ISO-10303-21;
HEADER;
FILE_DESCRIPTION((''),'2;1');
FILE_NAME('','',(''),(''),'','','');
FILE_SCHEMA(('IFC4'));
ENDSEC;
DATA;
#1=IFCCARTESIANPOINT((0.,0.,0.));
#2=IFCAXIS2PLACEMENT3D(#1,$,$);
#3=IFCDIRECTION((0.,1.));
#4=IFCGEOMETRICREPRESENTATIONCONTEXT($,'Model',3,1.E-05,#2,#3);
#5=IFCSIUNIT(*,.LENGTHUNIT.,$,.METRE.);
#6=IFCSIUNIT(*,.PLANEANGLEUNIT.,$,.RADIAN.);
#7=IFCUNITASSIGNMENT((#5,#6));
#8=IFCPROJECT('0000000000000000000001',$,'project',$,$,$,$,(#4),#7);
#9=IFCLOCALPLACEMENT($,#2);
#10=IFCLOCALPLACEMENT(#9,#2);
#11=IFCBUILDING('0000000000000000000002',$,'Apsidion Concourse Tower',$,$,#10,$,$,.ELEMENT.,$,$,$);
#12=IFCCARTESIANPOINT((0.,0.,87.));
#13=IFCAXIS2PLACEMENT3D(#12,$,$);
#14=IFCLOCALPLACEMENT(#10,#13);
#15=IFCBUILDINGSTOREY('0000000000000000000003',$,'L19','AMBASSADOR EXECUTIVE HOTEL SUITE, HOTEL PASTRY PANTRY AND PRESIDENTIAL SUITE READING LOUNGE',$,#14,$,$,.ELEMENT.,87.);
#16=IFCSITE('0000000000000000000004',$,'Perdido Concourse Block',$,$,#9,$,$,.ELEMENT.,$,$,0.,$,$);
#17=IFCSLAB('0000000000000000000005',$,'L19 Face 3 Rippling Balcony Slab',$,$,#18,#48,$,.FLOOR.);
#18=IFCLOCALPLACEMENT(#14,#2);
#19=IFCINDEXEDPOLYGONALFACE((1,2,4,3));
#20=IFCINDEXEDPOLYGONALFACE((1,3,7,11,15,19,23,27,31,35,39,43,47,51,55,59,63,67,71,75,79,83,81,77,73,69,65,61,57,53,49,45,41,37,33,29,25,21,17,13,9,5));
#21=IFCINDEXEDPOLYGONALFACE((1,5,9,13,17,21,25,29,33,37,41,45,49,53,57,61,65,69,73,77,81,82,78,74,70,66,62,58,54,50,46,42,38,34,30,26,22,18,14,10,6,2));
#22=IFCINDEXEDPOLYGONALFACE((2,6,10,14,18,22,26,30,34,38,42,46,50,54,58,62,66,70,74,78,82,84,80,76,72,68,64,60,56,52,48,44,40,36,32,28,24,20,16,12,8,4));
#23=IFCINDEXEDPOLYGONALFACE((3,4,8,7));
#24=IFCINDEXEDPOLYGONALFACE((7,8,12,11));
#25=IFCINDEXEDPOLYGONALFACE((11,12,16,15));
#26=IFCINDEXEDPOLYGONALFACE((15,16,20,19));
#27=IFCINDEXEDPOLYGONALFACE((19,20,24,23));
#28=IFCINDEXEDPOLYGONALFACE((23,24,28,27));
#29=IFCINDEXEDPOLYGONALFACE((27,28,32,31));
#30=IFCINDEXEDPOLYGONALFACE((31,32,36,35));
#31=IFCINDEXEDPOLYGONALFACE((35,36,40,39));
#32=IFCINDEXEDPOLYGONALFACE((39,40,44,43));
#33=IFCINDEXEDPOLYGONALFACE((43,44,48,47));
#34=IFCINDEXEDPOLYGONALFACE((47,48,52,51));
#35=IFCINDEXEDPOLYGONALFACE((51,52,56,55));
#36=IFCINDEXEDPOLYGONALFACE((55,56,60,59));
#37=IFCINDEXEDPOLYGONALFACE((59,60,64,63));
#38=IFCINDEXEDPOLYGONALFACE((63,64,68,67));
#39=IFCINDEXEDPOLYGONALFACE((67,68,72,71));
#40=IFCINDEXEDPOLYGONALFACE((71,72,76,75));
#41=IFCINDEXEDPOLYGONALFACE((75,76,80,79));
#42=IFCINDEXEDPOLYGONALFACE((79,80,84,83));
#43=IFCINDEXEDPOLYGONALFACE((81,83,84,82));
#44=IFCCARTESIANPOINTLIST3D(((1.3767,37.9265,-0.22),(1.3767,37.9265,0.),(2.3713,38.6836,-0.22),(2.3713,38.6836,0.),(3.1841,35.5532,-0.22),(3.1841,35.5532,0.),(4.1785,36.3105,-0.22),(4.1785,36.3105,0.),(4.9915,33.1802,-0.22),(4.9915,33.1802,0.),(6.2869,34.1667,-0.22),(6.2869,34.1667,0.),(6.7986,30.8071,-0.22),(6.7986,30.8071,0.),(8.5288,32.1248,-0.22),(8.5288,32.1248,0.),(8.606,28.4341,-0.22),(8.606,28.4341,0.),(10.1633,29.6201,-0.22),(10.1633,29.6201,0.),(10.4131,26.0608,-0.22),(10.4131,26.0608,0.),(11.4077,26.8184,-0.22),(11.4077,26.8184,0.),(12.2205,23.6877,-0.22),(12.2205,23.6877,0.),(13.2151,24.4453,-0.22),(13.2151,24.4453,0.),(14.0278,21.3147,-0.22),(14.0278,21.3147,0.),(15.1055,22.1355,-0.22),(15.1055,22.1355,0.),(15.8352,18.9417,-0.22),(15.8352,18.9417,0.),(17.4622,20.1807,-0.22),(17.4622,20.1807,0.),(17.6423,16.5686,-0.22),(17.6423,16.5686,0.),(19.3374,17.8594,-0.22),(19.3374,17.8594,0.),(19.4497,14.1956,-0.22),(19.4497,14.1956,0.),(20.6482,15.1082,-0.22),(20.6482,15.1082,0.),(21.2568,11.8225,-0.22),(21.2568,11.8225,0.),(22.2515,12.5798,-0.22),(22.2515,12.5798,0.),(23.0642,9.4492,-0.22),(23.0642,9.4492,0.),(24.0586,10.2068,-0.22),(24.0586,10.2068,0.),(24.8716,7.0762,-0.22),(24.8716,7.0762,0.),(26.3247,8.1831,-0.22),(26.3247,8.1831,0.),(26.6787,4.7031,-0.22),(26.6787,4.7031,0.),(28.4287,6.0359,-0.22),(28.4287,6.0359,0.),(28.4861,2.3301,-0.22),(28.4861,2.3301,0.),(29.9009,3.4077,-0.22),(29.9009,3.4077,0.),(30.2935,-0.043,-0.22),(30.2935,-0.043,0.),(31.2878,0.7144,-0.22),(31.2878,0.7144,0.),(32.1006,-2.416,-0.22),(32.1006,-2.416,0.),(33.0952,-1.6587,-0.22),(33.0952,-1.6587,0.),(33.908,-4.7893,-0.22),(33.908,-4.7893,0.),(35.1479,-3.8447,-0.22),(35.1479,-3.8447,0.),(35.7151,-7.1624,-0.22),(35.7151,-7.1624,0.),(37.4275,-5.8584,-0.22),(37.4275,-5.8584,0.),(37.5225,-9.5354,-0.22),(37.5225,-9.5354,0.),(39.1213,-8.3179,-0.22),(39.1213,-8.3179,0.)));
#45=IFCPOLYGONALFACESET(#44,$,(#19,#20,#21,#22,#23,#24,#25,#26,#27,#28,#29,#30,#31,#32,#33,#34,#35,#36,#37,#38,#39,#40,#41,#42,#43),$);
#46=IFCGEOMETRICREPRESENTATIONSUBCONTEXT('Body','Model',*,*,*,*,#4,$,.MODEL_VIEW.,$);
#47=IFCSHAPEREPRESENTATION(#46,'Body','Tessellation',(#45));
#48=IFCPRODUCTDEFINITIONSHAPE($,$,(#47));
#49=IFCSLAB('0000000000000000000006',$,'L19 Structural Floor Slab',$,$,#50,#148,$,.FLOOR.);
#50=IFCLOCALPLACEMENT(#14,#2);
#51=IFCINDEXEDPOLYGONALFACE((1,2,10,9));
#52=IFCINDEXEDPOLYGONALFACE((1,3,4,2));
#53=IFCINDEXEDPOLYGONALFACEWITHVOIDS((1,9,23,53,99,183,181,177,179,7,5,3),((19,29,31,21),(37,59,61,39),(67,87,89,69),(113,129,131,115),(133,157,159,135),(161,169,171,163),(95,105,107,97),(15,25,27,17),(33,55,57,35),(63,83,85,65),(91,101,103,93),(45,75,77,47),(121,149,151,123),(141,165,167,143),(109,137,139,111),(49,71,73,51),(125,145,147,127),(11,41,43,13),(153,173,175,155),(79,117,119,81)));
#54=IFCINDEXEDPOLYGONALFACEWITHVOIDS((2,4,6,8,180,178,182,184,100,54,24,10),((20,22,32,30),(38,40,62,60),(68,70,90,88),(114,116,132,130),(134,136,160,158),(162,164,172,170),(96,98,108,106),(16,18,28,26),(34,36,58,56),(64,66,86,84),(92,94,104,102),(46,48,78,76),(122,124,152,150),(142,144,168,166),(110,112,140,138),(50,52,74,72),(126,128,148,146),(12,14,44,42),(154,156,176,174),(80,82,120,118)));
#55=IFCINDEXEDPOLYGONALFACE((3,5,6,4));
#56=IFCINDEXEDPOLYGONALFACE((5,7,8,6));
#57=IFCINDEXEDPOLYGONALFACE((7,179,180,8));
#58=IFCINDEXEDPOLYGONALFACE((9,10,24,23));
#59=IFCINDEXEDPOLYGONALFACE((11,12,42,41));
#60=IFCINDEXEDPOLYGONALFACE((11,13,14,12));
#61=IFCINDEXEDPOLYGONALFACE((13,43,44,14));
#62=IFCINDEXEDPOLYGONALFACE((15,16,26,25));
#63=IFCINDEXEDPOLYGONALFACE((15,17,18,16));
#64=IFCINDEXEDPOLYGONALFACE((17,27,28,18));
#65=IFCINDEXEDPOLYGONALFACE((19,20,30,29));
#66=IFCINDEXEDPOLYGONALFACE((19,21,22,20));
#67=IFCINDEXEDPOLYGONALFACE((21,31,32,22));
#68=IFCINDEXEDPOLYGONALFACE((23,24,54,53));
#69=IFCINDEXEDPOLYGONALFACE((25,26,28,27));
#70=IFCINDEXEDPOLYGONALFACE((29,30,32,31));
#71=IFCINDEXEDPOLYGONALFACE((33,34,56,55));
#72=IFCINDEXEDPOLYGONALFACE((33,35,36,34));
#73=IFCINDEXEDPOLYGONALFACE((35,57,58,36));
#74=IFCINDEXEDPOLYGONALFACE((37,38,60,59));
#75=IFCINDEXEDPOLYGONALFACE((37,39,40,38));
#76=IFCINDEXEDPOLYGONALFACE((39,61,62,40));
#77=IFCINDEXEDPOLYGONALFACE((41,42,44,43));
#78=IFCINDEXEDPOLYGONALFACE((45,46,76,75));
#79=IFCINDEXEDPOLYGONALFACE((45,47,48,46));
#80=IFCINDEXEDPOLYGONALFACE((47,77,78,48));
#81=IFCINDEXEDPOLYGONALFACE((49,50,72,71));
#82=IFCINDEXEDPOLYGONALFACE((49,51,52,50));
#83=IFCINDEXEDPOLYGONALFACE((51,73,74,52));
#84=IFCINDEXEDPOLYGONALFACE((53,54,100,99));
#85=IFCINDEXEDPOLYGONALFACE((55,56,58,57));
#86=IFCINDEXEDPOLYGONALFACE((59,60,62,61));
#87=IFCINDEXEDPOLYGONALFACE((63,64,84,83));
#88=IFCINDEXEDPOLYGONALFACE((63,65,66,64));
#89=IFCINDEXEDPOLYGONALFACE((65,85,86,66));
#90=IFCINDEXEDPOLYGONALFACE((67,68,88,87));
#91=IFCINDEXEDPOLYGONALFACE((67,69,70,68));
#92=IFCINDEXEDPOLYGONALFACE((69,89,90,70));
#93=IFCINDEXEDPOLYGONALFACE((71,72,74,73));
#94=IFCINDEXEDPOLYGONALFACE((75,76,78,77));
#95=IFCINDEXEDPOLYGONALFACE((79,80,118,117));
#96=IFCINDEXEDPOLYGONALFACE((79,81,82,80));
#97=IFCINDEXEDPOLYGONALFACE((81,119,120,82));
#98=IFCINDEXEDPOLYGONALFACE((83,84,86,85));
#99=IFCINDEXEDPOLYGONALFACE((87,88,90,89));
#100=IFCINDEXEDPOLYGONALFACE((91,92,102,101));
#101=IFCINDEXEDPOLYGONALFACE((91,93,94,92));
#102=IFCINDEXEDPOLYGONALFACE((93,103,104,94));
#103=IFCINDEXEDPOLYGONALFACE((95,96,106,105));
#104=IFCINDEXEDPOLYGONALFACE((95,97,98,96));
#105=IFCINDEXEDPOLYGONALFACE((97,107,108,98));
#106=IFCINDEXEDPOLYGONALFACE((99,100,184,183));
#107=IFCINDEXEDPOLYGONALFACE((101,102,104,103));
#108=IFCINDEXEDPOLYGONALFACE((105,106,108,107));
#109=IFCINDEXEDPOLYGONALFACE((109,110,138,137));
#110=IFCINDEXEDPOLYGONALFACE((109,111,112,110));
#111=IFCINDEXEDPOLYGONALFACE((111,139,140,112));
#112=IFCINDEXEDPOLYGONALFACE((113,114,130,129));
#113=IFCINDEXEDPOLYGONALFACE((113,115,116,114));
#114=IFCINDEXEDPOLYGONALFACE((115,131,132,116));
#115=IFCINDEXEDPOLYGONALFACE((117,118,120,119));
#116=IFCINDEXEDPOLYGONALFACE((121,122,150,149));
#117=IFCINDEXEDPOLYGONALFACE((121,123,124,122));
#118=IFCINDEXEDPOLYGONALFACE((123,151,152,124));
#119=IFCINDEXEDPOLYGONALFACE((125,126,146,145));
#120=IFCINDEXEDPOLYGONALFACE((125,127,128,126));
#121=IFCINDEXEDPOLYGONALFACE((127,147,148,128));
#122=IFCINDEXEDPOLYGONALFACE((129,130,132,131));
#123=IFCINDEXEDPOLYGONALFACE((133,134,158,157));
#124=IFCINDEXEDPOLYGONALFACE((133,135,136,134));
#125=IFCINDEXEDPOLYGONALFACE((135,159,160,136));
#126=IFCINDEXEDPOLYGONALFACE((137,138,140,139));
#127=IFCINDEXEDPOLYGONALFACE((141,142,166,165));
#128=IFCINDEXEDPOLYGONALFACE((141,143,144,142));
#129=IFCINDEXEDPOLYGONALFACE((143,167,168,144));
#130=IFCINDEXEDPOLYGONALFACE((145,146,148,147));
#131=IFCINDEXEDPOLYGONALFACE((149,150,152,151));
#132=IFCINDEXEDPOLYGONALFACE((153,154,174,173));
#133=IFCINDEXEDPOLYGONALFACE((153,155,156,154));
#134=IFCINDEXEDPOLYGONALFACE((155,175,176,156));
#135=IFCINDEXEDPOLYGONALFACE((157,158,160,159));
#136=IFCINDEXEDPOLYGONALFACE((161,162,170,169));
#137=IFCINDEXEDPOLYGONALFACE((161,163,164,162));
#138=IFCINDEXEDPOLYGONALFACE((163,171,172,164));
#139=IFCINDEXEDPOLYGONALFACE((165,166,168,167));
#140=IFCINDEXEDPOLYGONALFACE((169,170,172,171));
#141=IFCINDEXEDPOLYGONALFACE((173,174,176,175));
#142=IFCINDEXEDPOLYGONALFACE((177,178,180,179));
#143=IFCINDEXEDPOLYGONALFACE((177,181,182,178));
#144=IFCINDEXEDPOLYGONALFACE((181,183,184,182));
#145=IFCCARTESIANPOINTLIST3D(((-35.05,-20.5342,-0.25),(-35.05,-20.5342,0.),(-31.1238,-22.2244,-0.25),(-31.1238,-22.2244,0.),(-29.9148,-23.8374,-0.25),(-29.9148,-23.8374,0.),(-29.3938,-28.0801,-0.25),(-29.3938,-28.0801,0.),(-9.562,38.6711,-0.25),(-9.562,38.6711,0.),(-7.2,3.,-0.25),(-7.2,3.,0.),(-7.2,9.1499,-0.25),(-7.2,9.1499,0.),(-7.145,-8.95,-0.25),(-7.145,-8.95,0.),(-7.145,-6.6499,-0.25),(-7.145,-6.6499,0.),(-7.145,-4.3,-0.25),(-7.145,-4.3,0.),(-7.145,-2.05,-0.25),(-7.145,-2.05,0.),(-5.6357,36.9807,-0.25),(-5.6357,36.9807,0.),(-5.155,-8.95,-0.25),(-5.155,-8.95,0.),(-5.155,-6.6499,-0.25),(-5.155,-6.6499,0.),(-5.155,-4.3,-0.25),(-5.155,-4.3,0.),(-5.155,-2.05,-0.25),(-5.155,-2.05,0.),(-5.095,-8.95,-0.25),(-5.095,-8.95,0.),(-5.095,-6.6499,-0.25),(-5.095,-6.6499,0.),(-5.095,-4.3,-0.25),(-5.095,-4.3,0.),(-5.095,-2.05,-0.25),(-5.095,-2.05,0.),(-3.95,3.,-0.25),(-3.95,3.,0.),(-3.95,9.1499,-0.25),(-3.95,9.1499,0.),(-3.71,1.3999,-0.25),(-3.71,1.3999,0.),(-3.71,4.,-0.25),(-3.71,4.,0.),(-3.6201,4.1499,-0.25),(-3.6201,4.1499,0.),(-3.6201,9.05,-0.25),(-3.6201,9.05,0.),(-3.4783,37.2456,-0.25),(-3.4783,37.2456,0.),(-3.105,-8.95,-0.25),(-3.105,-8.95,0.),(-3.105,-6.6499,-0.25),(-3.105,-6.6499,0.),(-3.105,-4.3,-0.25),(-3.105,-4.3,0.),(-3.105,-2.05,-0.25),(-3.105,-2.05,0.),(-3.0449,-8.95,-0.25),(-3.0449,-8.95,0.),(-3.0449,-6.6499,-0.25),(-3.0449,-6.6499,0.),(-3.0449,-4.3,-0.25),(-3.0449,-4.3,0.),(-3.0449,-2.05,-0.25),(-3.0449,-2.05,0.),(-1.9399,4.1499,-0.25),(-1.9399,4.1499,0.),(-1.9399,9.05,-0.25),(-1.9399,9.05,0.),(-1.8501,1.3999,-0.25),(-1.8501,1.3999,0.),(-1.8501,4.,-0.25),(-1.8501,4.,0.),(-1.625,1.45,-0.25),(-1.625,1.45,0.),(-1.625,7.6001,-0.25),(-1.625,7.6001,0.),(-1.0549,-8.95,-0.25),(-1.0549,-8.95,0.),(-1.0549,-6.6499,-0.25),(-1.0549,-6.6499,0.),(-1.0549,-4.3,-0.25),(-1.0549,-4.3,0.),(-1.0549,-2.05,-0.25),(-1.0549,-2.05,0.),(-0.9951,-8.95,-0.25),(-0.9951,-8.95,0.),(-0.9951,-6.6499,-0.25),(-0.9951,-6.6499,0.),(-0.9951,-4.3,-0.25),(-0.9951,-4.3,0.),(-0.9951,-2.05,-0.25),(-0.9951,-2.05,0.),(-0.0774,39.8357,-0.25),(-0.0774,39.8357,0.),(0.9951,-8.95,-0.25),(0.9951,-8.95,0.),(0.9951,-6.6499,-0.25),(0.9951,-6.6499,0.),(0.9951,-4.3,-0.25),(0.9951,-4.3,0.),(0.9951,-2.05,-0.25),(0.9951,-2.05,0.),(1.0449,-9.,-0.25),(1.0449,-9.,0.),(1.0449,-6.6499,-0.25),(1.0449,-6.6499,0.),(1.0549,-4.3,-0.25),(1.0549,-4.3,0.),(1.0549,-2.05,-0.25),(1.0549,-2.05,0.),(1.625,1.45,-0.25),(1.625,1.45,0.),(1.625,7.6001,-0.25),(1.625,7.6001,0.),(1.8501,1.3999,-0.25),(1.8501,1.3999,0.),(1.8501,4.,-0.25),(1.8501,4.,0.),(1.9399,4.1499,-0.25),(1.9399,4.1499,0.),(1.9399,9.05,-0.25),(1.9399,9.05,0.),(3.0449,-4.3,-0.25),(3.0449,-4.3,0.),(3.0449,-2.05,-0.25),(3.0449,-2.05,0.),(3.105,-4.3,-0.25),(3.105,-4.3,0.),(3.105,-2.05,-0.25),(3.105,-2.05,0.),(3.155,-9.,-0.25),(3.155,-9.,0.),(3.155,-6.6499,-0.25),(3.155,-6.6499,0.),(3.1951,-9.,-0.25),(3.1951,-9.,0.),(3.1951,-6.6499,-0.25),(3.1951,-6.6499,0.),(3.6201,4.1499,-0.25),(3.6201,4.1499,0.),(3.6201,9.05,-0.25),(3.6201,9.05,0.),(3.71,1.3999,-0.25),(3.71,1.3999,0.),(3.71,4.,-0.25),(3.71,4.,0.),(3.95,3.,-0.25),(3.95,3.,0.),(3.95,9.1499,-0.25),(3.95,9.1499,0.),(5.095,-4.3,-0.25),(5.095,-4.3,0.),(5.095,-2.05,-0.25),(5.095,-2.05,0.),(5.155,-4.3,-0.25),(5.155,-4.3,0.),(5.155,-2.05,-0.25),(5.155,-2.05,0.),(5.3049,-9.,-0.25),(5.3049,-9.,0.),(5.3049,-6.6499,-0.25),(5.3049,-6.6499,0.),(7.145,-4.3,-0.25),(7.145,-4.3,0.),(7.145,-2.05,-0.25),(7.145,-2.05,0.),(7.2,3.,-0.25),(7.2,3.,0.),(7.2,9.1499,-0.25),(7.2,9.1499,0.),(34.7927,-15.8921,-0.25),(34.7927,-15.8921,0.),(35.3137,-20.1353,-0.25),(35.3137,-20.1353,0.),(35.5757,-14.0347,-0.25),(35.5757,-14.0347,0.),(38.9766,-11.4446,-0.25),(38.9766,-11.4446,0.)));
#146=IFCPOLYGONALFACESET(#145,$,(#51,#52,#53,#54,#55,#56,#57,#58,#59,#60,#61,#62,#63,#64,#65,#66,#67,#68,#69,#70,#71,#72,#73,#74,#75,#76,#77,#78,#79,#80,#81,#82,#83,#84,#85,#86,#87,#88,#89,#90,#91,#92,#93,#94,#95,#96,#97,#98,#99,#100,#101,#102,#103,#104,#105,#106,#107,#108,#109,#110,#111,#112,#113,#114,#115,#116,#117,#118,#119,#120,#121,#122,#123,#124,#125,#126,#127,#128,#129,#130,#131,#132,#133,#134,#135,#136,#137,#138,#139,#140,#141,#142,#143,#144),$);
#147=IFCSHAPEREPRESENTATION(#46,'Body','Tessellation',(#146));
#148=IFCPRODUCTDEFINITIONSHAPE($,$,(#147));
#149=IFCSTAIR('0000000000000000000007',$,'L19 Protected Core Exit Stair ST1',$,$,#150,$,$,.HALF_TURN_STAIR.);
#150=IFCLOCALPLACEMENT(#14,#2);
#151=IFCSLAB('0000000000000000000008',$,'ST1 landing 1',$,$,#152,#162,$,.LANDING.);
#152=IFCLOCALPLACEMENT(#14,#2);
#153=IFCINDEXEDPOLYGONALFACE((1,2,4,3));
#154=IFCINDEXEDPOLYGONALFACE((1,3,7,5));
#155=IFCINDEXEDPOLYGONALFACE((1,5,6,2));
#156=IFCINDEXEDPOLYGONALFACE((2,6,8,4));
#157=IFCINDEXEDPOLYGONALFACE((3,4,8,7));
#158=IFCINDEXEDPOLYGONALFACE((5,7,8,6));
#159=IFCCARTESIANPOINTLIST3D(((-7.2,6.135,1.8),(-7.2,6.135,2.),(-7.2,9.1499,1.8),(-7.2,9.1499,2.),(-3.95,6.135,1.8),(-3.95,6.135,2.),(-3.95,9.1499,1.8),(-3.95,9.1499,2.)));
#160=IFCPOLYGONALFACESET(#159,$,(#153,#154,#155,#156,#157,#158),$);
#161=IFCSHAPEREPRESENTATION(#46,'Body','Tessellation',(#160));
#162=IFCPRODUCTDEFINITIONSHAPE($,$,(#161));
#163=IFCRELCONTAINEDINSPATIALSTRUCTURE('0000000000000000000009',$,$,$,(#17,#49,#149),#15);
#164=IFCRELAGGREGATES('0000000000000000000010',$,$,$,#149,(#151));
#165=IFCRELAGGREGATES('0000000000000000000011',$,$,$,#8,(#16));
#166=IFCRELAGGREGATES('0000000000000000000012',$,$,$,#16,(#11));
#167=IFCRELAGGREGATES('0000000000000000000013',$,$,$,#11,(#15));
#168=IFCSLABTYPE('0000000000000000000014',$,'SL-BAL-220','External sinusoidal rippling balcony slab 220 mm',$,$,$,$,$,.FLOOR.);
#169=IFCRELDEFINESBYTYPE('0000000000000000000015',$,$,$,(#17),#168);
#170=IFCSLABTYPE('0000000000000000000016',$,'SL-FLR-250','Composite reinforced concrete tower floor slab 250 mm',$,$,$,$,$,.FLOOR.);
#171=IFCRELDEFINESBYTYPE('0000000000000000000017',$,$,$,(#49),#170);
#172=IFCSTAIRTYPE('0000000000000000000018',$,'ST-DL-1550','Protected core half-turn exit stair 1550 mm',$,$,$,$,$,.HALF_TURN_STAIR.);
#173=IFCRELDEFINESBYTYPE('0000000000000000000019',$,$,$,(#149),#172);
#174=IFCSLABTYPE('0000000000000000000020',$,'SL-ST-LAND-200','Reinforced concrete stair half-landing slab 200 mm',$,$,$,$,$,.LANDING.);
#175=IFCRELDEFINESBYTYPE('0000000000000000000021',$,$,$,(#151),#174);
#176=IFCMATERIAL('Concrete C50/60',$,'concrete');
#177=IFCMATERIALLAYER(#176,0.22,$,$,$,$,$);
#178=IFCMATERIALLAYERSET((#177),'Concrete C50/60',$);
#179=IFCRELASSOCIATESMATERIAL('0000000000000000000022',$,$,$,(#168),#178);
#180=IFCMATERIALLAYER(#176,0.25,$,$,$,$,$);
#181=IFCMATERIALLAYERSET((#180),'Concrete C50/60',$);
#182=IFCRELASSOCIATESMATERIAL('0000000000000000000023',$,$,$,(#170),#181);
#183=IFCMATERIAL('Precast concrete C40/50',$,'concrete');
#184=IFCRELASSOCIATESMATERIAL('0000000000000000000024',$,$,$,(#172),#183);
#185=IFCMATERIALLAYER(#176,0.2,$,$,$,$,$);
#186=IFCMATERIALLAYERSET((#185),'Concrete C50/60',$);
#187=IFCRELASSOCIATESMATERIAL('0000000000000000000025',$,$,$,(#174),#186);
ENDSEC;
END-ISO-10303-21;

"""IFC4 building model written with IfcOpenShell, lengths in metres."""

from ifc_helpers import new_model, si_unit, direction, frame, origin, place, context, subcontext, project, spatial, polyline, outline, extrude, material, layer, layer_set, type_object, element, aggregate, save


model = new_model("IFC4")

# Units and contexts
model_context = context("Model", 3, precision=1e-05, world=origin(), true_north=direction((0.0, 1.0)))
body_context = subcontext(model_context, "Body", "Model", "MODEL_VIEW")
ifc_project = project(units=[si_unit("LENGTHUNIT", "METRE"), si_unit("PLANEANGLEUNIT", "RADIAN")], contexts=[model_context])

# Site, building, storey
site_placement = place(None, origin())
site = spatial("IfcSite", under=ifc_project, at=site_placement, Name="Perdido Concourse Block", CompositionType="ELEMENT", RefElevation=0.0)
building_placement = place(site_placement, origin())
building = spatial("IfcBuilding", under=site, at=building_placement, Name="Apsidion Concourse Tower", CompositionType="ELEMENT")
storey_placement = place(building_placement, frame((0.0, 0.0, 87.0)))
storey = spatial("IfcBuildingStorey", under=building, at=storey_placement, Name="L19", Description="AMBASSADOR EXECUTIVE HOTEL SUITE, HOTEL PASTRY PANTRY AND PRESIDENTIAL SUITE READING LOUNGE", CompositionType="ELEMENT", Elevation=87.0)

# Shared definitions
ifc_material_1 = material(Name="Concrete C50/60", Category="concrete")

# Slabs
ifc_layer_1 = layer(ifc_material_1, 0.22)
ifc_layer_set_1 = layer_set([ifc_layer_1], Name="Concrete C50/60")
slab_type_1 = type_object("IfcSlabType", Name="SL-BAL-220", Description="External sinusoidal rippling balcony slab 220 mm", PredefinedType="FLOOR", material=ifc_layer_set_1)
slab_1_placement = place(storey_placement, frame((0.0, 0.0, -0.22)))
element("IfcSlab", 1, at=slab_1_placement, inside=storey, type_object=slab_type_1, Name="L19 Face 3 Rippling Balcony Slab", PredefinedType="FLOOR", context=body_context, shape_type="SweptSolid", body=[
    extrude(outline(polyline([(37.5225, -9.5354), (35.7151, -7.1624), (33.908, -4.7893), (32.1006, -2.416), (30.2935, -0.043), (28.4861, 2.3301), (26.6787, 4.7031), (24.8716, 7.0762), (23.0642, 9.4492), (21.2568, 11.8225), (19.4497, 14.1956), (17.6423, 16.5686), (15.8352, 18.9417), (14.0278, 21.3147), (12.2205, 23.6877), (10.4131, 26.0608), (8.606, 28.4341), (6.7986, 30.8071), (4.9915, 33.1802), (3.1841, 35.5532), (1.3767, 37.9265), (2.3713, 38.6836), (4.1785, 36.3105), (6.2869, 34.1667), (8.5288, 32.1248), (10.1633, 29.6201), (11.4077, 26.8184), (13.2151, 24.4453), (15.1055, 22.1355), (17.4622, 20.1807), (19.3374, 17.8594), (20.6482, 15.1082), (22.2515, 12.5798), (24.0586, 10.2068), (26.3247, 8.1831), (28.4287, 6.0359), (29.9009, 3.4077), (31.2878, 0.7144), (33.0952, -1.6587), (35.1479, -3.8447), (37.4275, -5.8584), (39.1213, -8.3179), (37.5225, -9.5354)])), origin(), (0.0, 0.0, 1.0), 0.22),
])
ifc_layer_2 = layer(ifc_material_1, 0.25)
ifc_layer_set_2 = layer_set([ifc_layer_2], Name="Concrete C50/60")
slab_type_2 = type_object("IfcSlabType", Name="SL-FLR-250", Description="Composite reinforced concrete tower floor slab 250 mm", PredefinedType="FLOOR", material=ifc_layer_set_2)
slab_2_placement = place(storey_placement, frame((0.0, 0.0, -0.25)))
element("IfcSlab", 2, at=slab_2_placement, inside=storey, type_object=slab_type_2, Name="L19 Structural Floor Slab", PredefinedType="FLOOR", context=body_context, shape_type="SweptSolid", body=[
    extrude(outline(polyline([(-0.0774, 39.8357), (-3.4783, 37.2456), (-5.6357, 36.9807), (-9.562, 38.6711), (-35.05, -20.5342), (-31.1238, -22.2244), (-29.9148, -23.8374), (-29.3938, -28.0801), (35.3137, -20.1353), (34.7927, -15.8921), (35.5757, -14.0347), (38.9766, -11.4446), (-0.0774, 39.8357)]), holes=[polyline([(-3.95, 3.0), (-3.95, 9.1499), (-7.2, 9.1499), (-7.2, 3.0), (-3.95, 3.0)]), polyline([(7.2, 3.0), (7.2, 9.1499), (3.95, 9.1499), (3.95, 3.0), (7.2, 3.0)]), polyline([(-1.625, 7.6001), (-1.625, 1.45), (1.625, 1.45), (1.625, 7.6001), (-1.625, 7.6001)]), polyline([(-7.145, -4.3), (-5.155, -4.3), (-5.155, -2.05), (-7.145, -2.05), (-7.145, -4.3)]), polyline([(-5.095, -4.3), (-3.105, -4.3), (-3.105, -2.05), (-5.095, -2.05), (-5.095, -4.3)]), polyline([(-3.0449, -4.3), (-1.0549, -4.3), (-1.0549, -2.05), (-3.0449, -2.05), (-3.0449, -4.3)]), polyline([(-0.9951, -4.3), (0.9951, -4.3), (0.9951, -2.05), (-0.9951, -2.05), (-0.9951, -4.3)]), polyline([(1.0549, -4.3), (3.0449, -4.3), (3.0449, -2.05), (1.0549, -2.05), (1.0549, -4.3)]), polyline([(3.105, -4.3), (5.095, -4.3), (5.095, -2.05), (3.105, -2.05), (3.105, -4.3)]), polyline([(5.155, -4.3), (7.145, -4.3), (7.145, -2.05), (5.155, -2.05), (5.155, -4.3)]), polyline([(-7.145, -8.95), (-5.155, -8.95), (-5.155, -6.6499), (-7.145, -6.6499), (-7.145, -8.95)]), polyline([(-5.095, -8.95), (-3.105, -8.95), (-3.105, -6.6499), (-5.095, -6.6499), (-5.095, -8.95)]), polyline([(-3.0449, -8.95), (-1.0549, -8.95), (-1.0549, -6.6499), (-3.0449, -6.6499), (-3.0449, -8.95)]), polyline([(-0.9951, -8.95), (0.9951, -8.95), (0.9951, -6.6499), (-0.9951, -6.6499), (-0.9951, -8.95)]), polyline([(1.0449, -9.0), (3.155, -9.0), (3.155, -6.6499), (1.0449, -6.6499), (1.0449, -9.0)]), polyline([(3.1951, -9.0), (5.3049, -9.0), (5.3049, -6.6499), (3.1951, -6.6499), (3.1951, -9.0)]), polyline([(-3.71, 1.3999), (-1.8501, 1.3999), (-1.8501, 4.0), (-3.71, 4.0), (-3.71, 1.3999)]), polyline([(1.8501, 1.3999), (3.71, 1.3999), (3.71, 4.0), (1.8501, 4.0), (1.8501, 1.3999)]), polyline([(-3.6201, 4.1499), (-1.9399, 4.1499), (-1.9399, 9.05), (-3.6201, 9.05), (-3.6201, 4.1499)]), polyline([(1.9399, 4.1499), (3.6201, 4.1499), (3.6201, 9.05), (1.9399, 9.05), (1.9399, 4.1499)])]), origin(), (0.0, 0.0, 1.0), 0.25),
])

# Stair, slab
ifc_material_2 = material(Name="Precast concrete C40/50", Category="concrete")
stair_type = type_object("IfcStairType", Name="ST-DL-1550", Description="Protected core half-turn exit stair 1550 mm", PredefinedType="HALF_TURN_STAIR", material=ifc_material_2)
stair_1_placement = place(storey_placement, origin())
stair_1 = element("IfcStair", 3, at=stair_1_placement, inside=storey, type_object=stair_type, Name="L19 Protected Core Exit Stair ST1", PredefinedType="HALF_TURN_STAIR")
ifc_layer_3 = layer(ifc_material_1, 0.2)
ifc_layer_set_3 = layer_set([ifc_layer_3], Name="Concrete C50/60")
slab_type_3 = type_object("IfcSlabType", Name="SL-ST-LAND-200", Description="Reinforced concrete stair half-landing slab 200 mm", PredefinedType="LANDING", material=ifc_layer_set_3)
slab_3_placement = place(storey_placement, frame((0.0, 0.0, 1.8)))
slab_3 = element("IfcSlab", 4, at=slab_3_placement, type_object=slab_type_3, Name="ST1 landing 1", PredefinedType="LANDING", context=body_context, shape_type="SweptSolid", body=[
    extrude(outline(polyline([(-3.95, 6.135), (-3.95, 9.1499), (-7.2, 9.1499), (-7.2, 6.135), (-3.95, 6.135)])), origin(), (0.0, 0.0, 1.0), 0.2),
])
aggregate(stair_1, [slab_3])

save(model, "model.ifc")
